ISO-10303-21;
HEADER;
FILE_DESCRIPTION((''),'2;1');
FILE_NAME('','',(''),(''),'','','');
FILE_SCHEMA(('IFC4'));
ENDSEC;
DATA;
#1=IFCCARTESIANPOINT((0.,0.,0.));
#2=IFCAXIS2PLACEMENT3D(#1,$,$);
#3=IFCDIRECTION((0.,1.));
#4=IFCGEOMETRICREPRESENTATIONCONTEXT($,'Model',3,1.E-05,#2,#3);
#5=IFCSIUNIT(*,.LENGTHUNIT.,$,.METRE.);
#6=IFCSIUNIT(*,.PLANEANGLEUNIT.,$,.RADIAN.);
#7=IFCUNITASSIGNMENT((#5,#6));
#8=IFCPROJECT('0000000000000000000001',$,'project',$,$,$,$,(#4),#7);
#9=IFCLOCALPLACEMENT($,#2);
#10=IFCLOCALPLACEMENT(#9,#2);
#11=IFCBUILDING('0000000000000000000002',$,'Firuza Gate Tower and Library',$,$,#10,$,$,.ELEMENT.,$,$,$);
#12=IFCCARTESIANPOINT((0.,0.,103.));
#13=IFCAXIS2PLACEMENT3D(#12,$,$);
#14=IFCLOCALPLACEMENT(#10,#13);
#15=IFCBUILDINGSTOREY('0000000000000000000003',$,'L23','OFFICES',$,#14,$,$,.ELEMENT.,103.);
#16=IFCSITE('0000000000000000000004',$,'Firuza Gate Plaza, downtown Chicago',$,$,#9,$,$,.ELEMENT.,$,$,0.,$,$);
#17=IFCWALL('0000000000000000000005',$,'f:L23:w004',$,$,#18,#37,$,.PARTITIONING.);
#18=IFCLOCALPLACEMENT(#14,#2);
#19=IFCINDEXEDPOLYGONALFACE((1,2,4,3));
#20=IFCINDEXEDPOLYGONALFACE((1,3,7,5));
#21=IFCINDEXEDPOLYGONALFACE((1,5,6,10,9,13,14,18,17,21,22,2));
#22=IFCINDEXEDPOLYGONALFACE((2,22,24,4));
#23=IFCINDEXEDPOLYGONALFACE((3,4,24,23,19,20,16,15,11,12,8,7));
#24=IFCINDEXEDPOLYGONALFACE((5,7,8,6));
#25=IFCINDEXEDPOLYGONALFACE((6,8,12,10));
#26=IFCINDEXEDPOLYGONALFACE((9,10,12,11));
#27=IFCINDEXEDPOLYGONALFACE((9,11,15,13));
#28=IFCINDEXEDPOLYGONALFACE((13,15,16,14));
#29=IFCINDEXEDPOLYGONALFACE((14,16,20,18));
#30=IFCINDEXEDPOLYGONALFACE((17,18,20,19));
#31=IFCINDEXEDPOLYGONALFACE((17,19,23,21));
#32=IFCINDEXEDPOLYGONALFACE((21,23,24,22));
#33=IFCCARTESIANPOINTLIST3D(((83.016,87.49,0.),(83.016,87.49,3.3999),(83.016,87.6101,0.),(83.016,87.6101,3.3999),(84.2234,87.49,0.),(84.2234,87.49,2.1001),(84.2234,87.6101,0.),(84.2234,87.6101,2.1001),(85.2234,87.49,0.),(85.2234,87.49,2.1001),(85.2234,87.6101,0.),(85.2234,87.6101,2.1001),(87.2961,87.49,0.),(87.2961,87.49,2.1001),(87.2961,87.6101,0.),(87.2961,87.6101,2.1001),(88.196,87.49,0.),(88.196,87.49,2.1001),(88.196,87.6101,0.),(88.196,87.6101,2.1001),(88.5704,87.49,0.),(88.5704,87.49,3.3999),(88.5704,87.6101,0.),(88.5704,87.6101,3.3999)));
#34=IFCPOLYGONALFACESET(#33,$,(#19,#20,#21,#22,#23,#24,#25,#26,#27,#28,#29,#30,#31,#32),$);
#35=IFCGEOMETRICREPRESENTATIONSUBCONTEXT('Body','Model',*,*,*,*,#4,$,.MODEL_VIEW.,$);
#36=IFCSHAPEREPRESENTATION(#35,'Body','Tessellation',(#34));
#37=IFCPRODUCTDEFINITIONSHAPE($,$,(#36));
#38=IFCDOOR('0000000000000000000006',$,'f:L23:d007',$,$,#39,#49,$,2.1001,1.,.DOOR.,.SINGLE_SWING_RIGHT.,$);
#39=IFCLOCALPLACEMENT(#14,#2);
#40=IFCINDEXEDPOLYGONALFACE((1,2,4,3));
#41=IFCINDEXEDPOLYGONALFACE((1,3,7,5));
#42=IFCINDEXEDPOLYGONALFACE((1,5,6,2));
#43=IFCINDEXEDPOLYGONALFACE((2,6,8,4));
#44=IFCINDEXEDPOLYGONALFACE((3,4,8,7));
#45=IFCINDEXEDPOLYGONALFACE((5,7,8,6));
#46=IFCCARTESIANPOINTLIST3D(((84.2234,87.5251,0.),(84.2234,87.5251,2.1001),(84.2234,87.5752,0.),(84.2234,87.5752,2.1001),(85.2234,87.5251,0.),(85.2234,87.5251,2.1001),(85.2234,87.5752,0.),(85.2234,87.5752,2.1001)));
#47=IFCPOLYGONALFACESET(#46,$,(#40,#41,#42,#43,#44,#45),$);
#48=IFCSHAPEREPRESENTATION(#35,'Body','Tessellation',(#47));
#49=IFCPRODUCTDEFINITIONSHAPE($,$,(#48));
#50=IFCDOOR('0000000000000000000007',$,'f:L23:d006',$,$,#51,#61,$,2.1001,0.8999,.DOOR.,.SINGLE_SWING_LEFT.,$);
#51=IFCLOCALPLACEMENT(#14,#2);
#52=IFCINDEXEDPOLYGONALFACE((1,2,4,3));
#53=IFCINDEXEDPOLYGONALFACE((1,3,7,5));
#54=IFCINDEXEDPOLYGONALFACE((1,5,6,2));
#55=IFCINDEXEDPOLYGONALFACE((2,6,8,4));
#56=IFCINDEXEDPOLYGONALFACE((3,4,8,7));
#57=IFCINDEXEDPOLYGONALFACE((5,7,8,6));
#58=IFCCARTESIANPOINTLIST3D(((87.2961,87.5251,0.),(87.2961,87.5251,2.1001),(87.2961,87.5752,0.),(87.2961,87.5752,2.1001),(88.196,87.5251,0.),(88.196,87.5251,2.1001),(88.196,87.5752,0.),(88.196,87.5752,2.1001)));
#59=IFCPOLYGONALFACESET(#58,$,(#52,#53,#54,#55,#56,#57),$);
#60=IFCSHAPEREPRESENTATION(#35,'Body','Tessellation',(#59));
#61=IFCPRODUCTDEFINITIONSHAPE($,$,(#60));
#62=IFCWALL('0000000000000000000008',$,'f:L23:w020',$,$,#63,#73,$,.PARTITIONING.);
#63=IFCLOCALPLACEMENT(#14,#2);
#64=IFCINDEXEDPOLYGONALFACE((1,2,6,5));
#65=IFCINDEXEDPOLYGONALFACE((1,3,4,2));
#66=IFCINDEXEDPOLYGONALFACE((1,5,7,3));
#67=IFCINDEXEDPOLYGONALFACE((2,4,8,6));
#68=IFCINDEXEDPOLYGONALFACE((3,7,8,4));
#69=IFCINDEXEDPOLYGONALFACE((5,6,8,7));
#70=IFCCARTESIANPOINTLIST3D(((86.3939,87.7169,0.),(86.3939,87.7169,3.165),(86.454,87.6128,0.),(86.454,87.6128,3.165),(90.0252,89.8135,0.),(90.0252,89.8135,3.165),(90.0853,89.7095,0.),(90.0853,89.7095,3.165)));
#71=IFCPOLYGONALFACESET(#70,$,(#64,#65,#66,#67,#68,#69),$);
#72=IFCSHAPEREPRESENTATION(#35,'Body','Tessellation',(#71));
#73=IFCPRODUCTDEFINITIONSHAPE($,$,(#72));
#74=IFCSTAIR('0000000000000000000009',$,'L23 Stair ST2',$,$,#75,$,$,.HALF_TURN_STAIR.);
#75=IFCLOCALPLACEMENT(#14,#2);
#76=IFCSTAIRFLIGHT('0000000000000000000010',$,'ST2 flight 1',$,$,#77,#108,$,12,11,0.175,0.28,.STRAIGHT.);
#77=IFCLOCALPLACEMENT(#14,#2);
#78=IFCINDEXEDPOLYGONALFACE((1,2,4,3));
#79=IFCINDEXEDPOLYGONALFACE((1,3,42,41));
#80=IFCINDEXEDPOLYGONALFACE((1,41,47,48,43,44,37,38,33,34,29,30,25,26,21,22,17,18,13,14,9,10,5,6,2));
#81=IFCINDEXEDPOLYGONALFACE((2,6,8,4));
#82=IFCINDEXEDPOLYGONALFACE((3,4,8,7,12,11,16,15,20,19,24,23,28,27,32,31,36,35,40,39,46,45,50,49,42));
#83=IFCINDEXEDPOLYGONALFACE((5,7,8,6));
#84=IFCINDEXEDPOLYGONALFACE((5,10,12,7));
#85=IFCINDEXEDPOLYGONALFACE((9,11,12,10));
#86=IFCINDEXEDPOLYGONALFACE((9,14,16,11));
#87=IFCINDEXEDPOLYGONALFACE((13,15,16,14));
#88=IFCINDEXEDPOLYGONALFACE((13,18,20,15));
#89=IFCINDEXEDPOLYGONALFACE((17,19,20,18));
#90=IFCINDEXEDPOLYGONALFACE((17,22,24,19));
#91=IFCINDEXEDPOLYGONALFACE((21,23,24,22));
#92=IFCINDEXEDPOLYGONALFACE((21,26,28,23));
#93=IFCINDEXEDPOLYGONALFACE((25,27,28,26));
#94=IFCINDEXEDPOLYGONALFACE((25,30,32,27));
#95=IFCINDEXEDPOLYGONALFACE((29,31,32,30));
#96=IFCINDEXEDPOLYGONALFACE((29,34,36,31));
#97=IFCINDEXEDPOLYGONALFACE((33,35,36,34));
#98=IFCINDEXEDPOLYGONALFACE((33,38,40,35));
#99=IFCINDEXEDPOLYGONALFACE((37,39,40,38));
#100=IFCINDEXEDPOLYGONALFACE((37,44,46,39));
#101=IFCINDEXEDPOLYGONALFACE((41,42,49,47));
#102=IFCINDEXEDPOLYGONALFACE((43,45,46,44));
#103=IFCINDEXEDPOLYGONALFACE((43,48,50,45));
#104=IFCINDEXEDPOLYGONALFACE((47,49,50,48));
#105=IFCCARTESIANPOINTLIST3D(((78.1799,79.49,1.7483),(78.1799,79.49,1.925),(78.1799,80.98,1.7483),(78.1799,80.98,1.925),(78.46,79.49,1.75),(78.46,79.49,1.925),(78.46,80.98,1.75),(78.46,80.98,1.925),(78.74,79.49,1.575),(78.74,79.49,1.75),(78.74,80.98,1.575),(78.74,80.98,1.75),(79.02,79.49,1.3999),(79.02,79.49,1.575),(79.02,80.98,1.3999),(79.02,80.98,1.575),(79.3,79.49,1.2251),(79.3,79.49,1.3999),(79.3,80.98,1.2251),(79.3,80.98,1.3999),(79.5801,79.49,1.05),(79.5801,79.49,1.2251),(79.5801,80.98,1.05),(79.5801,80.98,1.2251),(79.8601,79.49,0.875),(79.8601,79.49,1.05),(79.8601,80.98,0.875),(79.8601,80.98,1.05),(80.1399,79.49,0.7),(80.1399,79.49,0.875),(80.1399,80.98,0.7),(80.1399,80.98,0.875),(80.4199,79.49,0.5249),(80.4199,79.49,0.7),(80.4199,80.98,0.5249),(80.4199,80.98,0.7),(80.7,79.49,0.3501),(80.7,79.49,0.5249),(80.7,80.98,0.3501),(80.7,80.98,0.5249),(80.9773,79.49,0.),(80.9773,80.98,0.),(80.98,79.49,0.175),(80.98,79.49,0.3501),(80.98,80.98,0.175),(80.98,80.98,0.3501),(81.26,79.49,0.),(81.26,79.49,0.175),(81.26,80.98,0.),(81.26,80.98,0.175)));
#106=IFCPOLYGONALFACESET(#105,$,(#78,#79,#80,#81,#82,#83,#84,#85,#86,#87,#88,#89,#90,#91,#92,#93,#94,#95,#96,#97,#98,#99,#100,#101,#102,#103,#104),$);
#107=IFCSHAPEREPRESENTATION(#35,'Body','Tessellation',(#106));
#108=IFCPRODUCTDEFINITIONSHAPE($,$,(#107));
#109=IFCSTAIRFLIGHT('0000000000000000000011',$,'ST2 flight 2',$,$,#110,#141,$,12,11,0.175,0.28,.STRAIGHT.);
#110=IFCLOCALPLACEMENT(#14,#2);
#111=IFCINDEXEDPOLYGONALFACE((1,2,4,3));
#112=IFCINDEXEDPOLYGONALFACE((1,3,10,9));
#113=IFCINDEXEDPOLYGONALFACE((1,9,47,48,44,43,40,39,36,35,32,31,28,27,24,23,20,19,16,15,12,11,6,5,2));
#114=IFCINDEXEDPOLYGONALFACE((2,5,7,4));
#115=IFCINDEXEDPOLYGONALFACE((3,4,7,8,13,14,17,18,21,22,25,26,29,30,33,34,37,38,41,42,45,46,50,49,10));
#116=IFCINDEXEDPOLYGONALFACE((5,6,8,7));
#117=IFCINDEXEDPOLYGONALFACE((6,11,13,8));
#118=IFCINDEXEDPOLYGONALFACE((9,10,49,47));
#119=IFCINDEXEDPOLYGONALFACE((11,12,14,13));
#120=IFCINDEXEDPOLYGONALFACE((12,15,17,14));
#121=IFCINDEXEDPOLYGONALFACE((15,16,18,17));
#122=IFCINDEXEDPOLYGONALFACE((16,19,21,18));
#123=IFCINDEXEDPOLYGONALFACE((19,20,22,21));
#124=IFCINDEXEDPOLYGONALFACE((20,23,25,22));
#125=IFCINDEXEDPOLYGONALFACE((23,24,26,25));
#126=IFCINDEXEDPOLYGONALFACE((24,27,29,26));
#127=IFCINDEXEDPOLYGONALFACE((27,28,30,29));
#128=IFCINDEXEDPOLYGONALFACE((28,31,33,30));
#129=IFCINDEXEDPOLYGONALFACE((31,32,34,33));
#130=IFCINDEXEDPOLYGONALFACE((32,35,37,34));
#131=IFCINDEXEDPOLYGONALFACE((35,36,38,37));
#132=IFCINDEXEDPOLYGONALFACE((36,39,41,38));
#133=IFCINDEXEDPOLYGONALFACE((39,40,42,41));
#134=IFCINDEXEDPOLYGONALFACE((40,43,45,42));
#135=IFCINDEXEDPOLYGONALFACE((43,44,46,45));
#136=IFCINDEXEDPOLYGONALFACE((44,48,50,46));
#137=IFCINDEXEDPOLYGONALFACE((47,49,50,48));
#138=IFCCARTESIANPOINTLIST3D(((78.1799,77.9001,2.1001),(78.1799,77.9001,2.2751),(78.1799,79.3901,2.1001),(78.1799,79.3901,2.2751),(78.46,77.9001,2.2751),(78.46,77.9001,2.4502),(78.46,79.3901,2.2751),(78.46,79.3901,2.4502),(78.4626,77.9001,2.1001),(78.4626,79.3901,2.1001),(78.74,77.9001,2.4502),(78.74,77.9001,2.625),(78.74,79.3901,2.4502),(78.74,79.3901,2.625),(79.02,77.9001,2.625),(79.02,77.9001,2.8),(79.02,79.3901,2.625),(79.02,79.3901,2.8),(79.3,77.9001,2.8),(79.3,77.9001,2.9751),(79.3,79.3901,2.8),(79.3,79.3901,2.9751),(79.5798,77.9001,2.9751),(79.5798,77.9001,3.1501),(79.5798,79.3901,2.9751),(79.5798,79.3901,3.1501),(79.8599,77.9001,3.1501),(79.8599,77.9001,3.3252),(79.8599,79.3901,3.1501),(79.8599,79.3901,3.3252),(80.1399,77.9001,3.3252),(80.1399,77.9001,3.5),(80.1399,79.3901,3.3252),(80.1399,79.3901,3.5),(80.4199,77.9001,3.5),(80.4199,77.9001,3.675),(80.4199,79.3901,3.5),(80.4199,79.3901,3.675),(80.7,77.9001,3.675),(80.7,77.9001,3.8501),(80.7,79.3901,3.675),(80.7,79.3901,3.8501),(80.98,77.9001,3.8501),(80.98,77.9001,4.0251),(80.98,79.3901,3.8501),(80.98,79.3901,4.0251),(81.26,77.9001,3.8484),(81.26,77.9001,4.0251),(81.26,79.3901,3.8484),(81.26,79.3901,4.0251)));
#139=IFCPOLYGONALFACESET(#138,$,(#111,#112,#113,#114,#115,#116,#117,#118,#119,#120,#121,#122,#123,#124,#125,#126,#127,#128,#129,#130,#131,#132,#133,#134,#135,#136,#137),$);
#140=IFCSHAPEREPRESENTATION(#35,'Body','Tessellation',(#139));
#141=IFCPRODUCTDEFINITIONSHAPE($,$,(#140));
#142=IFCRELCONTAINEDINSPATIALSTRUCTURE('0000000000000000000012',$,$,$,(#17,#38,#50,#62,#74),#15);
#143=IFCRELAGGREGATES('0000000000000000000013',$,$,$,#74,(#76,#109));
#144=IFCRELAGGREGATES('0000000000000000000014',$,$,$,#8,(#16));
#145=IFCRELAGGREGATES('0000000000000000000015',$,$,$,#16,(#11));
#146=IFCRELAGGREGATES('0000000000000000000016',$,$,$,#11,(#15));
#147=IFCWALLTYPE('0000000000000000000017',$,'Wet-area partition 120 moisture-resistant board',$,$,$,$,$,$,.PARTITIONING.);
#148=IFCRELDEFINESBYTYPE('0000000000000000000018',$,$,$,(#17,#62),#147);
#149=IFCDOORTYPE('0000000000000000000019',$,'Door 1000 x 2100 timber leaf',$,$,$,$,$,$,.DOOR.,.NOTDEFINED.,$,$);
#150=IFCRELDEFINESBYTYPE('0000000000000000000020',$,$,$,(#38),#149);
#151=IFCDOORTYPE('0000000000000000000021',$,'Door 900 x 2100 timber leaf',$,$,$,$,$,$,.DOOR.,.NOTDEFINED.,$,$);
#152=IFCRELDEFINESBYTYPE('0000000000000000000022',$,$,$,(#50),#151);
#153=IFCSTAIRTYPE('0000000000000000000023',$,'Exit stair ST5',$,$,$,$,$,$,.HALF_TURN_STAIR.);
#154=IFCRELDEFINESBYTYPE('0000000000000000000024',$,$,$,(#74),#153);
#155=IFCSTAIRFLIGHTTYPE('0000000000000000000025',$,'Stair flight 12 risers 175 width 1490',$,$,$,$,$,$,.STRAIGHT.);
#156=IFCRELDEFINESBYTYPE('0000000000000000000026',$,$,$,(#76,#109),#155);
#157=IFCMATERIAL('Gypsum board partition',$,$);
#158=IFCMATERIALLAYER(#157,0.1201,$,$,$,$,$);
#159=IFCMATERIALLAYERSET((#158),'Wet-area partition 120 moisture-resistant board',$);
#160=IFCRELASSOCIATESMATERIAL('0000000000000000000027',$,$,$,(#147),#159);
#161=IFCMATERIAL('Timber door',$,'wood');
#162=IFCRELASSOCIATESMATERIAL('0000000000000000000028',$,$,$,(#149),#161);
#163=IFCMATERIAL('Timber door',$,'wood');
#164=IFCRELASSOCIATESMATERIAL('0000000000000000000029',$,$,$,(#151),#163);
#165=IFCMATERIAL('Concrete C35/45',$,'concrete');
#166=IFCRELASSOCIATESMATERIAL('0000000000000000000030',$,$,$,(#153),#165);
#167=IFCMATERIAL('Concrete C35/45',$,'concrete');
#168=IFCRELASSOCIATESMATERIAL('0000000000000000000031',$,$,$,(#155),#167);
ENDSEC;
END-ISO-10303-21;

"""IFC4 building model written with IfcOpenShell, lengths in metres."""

from ifc_helpers import new_model, si_unit, direction, frame, frame_2d, origin, place, context, subcontext, project, spatial, polyline, rectangle, outline, extrude, material, layer, layer_set, type_object, element, fill, aggregate, save


model = new_model("IFC4")

# Units and contexts
model_context = context("Model", 3, precision=1e-05, world=origin(), true_north=direction((0.0, 1.0)))
body_context = subcontext(model_context, "Body", "Model", "MODEL_VIEW")
ifc_project = project(units=[si_unit("LENGTHUNIT", "METRE"), si_unit("PLANEANGLEUNIT", "RADIAN")], contexts=[model_context])

# Site, building, storey
site_placement = place(None, origin())
site = spatial("IfcSite", under=ifc_project, at=site_placement, Name="Firuza Gate Plaza, downtown Chicago", CompositionType="ELEMENT", RefElevation=0.0)
building_placement = place(site_placement, origin())
building = spatial("IfcBuilding", under=site, at=building_placement, Name="Firuza Gate Tower and Library", CompositionType="ELEMENT")
storey_placement = place(building_placement, frame((0.0, 0.0, 103.0)))
storey = spatial("IfcBuildingStorey", under=building, at=storey_placement, Name="L23", Description="OFFICES", CompositionType="ELEMENT", Elevation=103.0)

# Wall, openings, doors
ifc_material_1 = material(Name="Gypsum board partition")
ifc_layer_1 = layer(ifc_material_1, 0.1201)
ifc_layer_set_1 = layer_set([ifc_layer_1], Name="Wet-area partition 120 moisture-resistant board")
wall_type_1 = type_object("IfcWallType", Name="Wet-area partition 120 moisture-resistant board", PredefinedType="PARTITIONING", material=ifc_layer_set_1)
wall_1_placement = place(storey_placement, frame((88.5706, 87.55, 0.0), z_axis=(0.0, 0.0, 1.0), x_axis=(-1.0, 0.0, 0.0)))
wall_1 = element("IfcWall", 1, at=wall_1_placement, inside=storey, type_object=wall_type_1, Name="f:L23:w004", PredefinedType="PARTITIONING", context=body_context, shape_type="SweptSolid", body=[
    extrude(rectangle(XDim=5.5544, YDim=0.1201, at=frame_2d((2.7773, 0.0))), origin(), (0.0, 0.0, 1.0), 3.3999),
])
opening_1_placement = place(wall_1_placement, frame((0.3745, 0.0, 0.0)))
opening_1 = element("IfcOpeningElement", 2, at=opening_1_placement, cuts=wall_1, PredefinedType="OPENING", context=body_context, shape_type="SweptSolid", body=[
    extrude(rectangle(XDim=0.8999, YDim=2.1001, at=frame_2d((0.45, 1.05))), frame((0.0, 0.0701, 0.0), z_axis=(0.0, -1.0, 0.0), x_axis=(1.0, 0.0, 0.0)), (0.0, 0.0, 1.0), 0.1401),
])
opening_2_placement = place(wall_1_placement, frame((3.3472, 0.0, 0.0)))
opening_2 = element("IfcOpeningElement", 3, at=opening_2_placement, cuts=wall_1, PredefinedType="OPENING", context=body_context, shape_type="SweptSolid", body=[
    extrude(rectangle(XDim=1.0, YDim=2.1001, at=frame_2d((0.5, 1.05))), frame((0.0, 0.0701, 0.0), z_axis=(0.0, -1.0, 0.0), x_axis=(1.0, 0.0, 0.0)), (0.0, 0.0, 1.0), 0.1401),
])
ifc_material_2 = material(Name="Timber door", Category="wood")
door_type_1 = type_object("IfcDoorType", Name="Door 1000 x 2100 timber leaf", OperationType="NOTDEFINED", PredefinedType="DOOR", material=ifc_material_2)
door_1_placement = place(opening_2_placement, origin())
door_1 = element("IfcDoor", 4, at=door_1_placement, inside=storey, type_object=door_type_1, Name="f:L23:d007", OperationType="SINGLE_SWING_RIGHT", OverallHeight=2.1001, OverallWidth=1.0, PredefinedType="DOOR", context=body_context, shape_type="SweptSolid", body=[
    extrude(rectangle(XDim=1.0, YDim=2.1001, at=frame_2d((0.5, 1.05))), frame((0.0, 0.0249, 0.0), z_axis=(0.0, -1.0, 0.0), x_axis=(1.0, 0.0, 0.0)), (0.0, 0.0, 1.0), 0.05),
])
fill(opening_2, door_1)
ifc_material_3 = material(Name="Timber door", Category="wood")
door_type_2 = type_object("IfcDoorType", Name="Door 900 x 2100 timber leaf", OperationType="NOTDEFINED", PredefinedType="DOOR", material=ifc_material_3)
door_2_placement = place(opening_1_placement, origin())
door_2 = element("IfcDoor", 5, at=door_2_placement, inside=storey, type_object=door_type_2, Name="f:L23:d006", OperationType="SINGLE_SWING_LEFT", OverallHeight=2.1001, OverallWidth=0.8999, PredefinedType="DOOR", context=body_context, shape_type="SweptSolid", body=[
    extrude(rectangle(XDim=0.8999, YDim=2.1001, at=frame_2d((0.45, 1.05))), frame((0.0, 0.0249, 0.0), z_axis=(0.0, -1.0, 0.0), x_axis=(1.0, 0.0, 0.0)), (0.0, 0.0, 1.0), 0.05),
])
fill(opening_1, door_2)

# Wall
wall_2_placement = place(storey_placement, frame((86.4238, 87.6648, 0.0), z_axis=(0.0, 0.0, 1.0), x_axis=(0.866013, 0.500021, 0.0)))
element("IfcWall", 6, at=wall_2_placement, inside=storey, type_object=wall_type_1, Name="f:L23:w020", PredefinedType="PARTITIONING", context=body_context, shape_type="SweptSolid", body=[
    extrude(rectangle(XDim=4.1931, YDim=0.1201, at=frame_2d((2.0967, 0.0))), origin(), (0.0, 0.0, 1.0), 3.165),
])

# Stair, stair flights
ifc_material_4 = material(Name="Concrete C35/45", Category="concrete")
stair_type = type_object("IfcStairType", Name="Exit stair ST5", PredefinedType="HALF_TURN_STAIR", material=ifc_material_4)
stair_placement = place(storey_placement, origin())
stair = element("IfcStair", 7, at=stair_placement, inside=storey, type_object=stair_type, Name="L23 Stair ST2", PredefinedType="HALF_TURN_STAIR")
ifc_material_5 = material(Name="Concrete C35/45", Category="concrete")
stair_flight_type = type_object("IfcStairFlightType", Name="Stair flight 12 risers 175 width 1490", PredefinedType="STRAIGHT", material=ifc_material_5)
stair_flight_1_placement = place(storey_placement, frame((81.26, 80.2351, 0.0), z_axis=(0.0, 0.0, 1.0), x_axis=(-1.0, 0.0, 0.0)))
stair_flight_1 = element("IfcStairFlight", 8, at=stair_flight_1_placement, type_object=stair_flight_type, Name="ST2 flight 1", NumberOfRisers=12, NumberOfTreads=11, PredefinedType="STRAIGHT", RiserHeight=0.175, TreadLength=0.28, context=body_context, shape_type="SweptSolid", body=[
    extrude(outline(polyline([(0.0, 0.0), (0.0, 0.175), (0.28, 0.175), (0.28, 0.3501), (0.5601, 0.3501), (0.5601, 0.5249), (0.8401, 0.5249), (0.8401, 0.7), (1.1201, 0.7), (1.1201, 0.875), (1.3999, 0.875), (1.3999, 1.05), (1.6799, 1.05), (1.6799, 1.2251), (1.96, 1.2251), (1.96, 1.3999), (2.24, 1.3999), (2.24, 1.575), (2.52, 1.575), (2.52, 1.75), (2.8, 1.75), (2.8, 1.925), (3.0801, 1.925), (3.0801, 2.1001), (3.0801, 1.7483), (0.2827, 0.0), (0.0, 0.0)])), frame((0.0, 0.7451, 0.0), z_axis=(0.0, -1.0, 0.0), x_axis=(1.0, 0.0, 0.0)), (0.0, 0.0, 1.0), 1.49),
])
stair_flight_2_placement = place(storey_placement, frame((78.1799, 78.645, 2.1001), z_axis=(0.0, 0.0, 1.0), x_axis=(1.0, 0.0, 0.0)))
stair_flight_2 = element("IfcStairFlight", 9, at=stair_flight_2_placement, type_object=stair_flight_type, Name="ST2 flight 2", NumberOfRisers=12, NumberOfTreads=11, PredefinedType="STRAIGHT", RiserHeight=0.175, TreadLength=0.28, context=body_context, shape_type="SweptSolid", body=[
    extrude(outline(polyline([(0.0, 0.0), (0.0, 0.175), (0.28, 0.175), (0.28, 0.3501), (0.5601, 0.3501), (0.5601, 0.5249), (0.8401, 0.5249), (0.8401, 0.7), (1.1201, 0.7), (1.1201, 0.875), (1.3999, 0.875), (1.3999, 1.05), (1.6799, 1.05), (1.6799, 1.2251), (1.96, 1.2251), (1.96, 1.3999), (2.24, 1.3999), (2.24, 1.575), (2.52, 1.575), (2.52, 1.75), (2.8, 1.75), (2.8, 1.925), (3.0801, 1.925), (3.0801, 2.1001), (3.0801, 1.7483), (0.2827, 0.0), (0.0, 0.0)])), frame((0.0, 0.7451, 0.0), z_axis=(0.0, -1.0, 0.0), x_axis=(1.0, 0.0, 0.0)), (0.0, 0.0, 1.0), 1.49),
])
aggregate(stair, [stair_flight_1, stair_flight_2])

save(model, "model.ifc")
